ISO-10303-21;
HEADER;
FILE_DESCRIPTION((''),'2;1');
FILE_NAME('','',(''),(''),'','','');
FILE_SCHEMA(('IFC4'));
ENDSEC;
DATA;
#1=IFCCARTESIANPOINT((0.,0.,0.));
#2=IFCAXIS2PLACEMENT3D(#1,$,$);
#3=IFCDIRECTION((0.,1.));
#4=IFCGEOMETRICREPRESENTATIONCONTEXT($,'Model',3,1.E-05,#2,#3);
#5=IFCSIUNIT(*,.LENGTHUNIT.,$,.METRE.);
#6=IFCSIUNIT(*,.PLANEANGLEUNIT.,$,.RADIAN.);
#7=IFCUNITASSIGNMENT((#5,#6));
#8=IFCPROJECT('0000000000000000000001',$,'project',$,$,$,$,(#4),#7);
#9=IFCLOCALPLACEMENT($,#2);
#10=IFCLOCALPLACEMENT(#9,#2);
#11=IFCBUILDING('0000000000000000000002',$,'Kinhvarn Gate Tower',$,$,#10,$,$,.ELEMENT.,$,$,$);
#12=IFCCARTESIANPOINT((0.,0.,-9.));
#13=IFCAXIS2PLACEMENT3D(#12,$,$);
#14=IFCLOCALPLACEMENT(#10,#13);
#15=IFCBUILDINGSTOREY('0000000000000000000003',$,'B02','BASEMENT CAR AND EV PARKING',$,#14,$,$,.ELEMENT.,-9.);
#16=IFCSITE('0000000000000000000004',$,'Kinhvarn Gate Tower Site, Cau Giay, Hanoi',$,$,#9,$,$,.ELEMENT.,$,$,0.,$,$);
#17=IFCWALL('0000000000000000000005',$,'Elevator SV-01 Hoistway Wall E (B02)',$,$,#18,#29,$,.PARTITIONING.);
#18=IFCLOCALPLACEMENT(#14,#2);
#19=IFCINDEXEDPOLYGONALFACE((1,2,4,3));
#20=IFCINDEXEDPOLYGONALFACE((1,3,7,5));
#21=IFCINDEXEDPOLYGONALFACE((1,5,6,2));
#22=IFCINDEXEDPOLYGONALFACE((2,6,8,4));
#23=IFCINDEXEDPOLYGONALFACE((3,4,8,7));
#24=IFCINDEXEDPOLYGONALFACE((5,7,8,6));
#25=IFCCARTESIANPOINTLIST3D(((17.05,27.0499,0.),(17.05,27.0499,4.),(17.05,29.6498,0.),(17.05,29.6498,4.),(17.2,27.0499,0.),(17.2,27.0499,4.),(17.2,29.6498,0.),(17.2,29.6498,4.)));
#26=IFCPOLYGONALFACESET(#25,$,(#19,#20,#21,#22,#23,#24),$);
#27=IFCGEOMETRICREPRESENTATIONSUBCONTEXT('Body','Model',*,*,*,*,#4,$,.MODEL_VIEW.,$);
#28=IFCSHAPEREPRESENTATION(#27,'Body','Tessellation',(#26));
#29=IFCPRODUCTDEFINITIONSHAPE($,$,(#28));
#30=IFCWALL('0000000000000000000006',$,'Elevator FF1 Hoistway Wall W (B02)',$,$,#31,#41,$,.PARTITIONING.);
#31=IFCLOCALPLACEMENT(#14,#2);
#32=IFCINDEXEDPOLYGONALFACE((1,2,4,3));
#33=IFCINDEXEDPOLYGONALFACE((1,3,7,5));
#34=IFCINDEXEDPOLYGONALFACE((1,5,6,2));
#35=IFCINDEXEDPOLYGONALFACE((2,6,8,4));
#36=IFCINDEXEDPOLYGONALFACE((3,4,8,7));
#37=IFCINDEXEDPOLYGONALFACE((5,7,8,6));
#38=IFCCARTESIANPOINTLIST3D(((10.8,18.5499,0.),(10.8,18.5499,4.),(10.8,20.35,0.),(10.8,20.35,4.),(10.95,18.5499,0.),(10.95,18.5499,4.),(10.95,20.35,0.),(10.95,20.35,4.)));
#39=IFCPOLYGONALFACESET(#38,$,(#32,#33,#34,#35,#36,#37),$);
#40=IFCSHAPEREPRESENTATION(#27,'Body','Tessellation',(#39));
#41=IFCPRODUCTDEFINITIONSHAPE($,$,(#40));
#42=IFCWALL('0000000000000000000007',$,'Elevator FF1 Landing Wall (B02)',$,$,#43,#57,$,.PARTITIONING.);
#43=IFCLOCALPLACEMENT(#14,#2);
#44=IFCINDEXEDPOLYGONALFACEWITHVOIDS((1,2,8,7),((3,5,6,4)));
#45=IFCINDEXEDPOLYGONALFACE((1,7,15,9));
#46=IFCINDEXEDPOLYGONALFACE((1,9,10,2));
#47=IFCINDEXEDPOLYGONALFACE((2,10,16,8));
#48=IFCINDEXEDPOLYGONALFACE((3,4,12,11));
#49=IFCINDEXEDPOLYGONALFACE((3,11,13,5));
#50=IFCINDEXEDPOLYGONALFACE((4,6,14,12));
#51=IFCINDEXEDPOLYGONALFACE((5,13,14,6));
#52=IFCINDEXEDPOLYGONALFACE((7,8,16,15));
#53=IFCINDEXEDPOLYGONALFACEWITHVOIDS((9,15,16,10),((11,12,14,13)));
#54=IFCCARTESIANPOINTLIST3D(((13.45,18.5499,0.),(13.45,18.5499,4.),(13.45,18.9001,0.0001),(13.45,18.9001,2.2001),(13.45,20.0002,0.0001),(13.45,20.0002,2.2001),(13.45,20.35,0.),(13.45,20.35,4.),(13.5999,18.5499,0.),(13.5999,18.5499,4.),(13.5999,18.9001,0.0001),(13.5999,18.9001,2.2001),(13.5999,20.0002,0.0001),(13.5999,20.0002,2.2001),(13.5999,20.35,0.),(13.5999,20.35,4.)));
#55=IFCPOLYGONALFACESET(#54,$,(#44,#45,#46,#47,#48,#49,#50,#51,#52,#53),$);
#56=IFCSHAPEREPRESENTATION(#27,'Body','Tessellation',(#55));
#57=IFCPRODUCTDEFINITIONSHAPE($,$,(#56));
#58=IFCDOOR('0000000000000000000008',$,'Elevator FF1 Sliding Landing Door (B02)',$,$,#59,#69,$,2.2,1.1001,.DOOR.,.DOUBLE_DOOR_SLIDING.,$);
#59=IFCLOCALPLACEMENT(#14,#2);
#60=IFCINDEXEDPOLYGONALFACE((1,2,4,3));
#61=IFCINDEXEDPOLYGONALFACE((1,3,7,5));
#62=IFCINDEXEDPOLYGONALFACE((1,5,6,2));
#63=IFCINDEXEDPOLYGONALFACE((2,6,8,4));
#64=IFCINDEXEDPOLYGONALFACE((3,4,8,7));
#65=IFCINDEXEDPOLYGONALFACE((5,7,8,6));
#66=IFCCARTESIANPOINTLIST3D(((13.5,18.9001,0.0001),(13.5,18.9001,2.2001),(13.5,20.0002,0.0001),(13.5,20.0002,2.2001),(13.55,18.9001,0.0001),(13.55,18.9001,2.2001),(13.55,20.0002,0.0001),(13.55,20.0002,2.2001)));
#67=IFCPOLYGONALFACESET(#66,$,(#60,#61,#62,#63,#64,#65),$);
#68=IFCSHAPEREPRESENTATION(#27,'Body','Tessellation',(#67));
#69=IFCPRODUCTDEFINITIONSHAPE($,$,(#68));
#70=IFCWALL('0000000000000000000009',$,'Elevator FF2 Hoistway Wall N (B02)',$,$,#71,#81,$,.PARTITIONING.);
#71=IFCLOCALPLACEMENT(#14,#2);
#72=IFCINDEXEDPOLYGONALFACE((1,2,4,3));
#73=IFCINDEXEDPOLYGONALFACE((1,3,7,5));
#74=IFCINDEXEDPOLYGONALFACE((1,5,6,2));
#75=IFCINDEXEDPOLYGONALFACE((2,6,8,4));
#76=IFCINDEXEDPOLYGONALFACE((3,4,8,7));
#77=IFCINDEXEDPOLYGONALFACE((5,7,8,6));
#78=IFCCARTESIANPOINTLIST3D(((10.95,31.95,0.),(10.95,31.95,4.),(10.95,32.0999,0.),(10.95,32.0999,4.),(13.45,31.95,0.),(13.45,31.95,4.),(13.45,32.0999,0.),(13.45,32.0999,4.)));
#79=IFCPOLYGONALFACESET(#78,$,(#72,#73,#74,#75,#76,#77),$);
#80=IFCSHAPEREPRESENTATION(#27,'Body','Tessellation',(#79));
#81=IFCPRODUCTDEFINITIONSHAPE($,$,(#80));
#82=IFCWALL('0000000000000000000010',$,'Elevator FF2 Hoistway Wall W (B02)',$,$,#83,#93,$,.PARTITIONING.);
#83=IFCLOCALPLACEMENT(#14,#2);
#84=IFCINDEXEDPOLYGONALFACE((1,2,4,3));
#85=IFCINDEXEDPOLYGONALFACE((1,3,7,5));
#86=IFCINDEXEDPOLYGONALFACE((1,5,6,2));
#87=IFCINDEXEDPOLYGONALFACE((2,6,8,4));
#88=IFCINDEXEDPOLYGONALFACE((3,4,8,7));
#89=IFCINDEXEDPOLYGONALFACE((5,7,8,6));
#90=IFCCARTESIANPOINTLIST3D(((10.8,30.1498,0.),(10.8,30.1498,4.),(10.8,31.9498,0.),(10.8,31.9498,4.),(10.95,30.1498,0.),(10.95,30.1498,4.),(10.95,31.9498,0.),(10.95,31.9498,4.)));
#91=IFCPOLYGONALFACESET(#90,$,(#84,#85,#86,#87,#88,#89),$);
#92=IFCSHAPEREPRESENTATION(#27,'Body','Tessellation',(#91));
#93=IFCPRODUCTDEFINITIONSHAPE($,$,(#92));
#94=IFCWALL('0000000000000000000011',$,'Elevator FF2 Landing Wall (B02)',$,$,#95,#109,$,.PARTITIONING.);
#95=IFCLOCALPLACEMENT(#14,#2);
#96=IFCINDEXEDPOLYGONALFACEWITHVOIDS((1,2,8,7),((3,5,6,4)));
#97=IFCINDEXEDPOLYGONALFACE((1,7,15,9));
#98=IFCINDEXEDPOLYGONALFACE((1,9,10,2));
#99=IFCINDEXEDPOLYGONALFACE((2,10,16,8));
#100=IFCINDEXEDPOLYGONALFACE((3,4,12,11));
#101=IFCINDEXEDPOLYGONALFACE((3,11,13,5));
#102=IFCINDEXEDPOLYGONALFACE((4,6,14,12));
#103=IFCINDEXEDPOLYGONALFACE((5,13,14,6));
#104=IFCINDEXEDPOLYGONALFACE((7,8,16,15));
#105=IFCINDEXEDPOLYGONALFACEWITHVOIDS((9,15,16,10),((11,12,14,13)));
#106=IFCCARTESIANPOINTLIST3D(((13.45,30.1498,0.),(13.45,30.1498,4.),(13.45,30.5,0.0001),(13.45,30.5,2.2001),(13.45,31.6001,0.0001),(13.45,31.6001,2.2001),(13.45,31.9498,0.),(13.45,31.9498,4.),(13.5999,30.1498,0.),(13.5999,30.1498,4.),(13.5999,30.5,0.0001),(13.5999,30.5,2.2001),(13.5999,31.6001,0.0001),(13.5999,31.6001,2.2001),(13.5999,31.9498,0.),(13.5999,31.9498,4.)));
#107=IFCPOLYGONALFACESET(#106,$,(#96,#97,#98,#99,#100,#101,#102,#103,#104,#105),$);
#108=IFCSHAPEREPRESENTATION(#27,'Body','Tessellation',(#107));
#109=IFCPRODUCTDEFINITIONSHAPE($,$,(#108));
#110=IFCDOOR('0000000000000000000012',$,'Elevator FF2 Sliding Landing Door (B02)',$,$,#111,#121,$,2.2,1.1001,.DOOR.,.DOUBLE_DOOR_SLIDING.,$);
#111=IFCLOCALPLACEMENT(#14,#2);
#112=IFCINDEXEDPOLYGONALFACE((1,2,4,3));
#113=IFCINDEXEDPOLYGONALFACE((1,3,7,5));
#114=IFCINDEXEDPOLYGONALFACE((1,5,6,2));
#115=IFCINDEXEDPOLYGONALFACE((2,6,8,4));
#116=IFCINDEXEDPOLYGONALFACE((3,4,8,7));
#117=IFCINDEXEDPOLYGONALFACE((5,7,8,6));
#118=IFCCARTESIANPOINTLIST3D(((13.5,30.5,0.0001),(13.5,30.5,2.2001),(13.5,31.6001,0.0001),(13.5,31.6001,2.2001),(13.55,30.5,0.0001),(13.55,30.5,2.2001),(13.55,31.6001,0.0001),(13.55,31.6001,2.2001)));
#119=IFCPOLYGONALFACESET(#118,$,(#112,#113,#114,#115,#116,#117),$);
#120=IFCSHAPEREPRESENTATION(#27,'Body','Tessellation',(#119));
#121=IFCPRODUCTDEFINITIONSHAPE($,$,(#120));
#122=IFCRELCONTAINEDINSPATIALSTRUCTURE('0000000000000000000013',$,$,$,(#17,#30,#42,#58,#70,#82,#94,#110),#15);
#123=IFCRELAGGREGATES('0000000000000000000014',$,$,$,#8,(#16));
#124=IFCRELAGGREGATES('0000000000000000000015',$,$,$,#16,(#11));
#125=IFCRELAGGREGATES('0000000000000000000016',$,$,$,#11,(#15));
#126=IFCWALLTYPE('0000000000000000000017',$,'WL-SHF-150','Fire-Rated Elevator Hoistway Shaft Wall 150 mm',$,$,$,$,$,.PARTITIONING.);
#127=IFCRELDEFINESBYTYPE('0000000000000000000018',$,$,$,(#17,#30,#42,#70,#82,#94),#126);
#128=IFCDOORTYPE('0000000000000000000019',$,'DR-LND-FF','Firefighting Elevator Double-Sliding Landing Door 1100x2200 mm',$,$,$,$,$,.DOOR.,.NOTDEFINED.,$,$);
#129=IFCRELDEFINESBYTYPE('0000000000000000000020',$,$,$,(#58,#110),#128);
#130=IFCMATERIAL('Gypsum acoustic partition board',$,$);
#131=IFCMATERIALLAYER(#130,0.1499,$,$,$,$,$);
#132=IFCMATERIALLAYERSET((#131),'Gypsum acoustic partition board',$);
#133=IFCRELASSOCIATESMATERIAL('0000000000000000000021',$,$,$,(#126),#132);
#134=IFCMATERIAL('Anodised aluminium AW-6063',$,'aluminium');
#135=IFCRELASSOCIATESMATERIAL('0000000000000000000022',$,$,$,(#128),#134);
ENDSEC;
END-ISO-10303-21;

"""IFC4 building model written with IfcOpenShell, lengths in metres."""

from ifc_helpers import new_model, si_unit, direction, frame, frame_2d, origin, place, context, subcontext, project, spatial, rectangle, extrude, material, layer, layer_set, type_object, element, fill, save


model = new_model("IFC4")

# Units and contexts
model_context = context("Model", 3, precision=1e-05, world=origin(), true_north=direction((0.0, 1.0)))
body_context = subcontext(model_context, "Body", "Model", "MODEL_VIEW")
ifc_project = project(units=[si_unit("LENGTHUNIT", "METRE"), si_unit("PLANEANGLEUNIT", "RADIAN")], contexts=[model_context])

# Site, building, storey
site_placement = place(None, origin())
site = spatial("IfcSite", under=ifc_project, at=site_placement, Name="Kinhvarn Gate Tower Site, Cau Giay, Hanoi", CompositionType="ELEMENT", RefElevation=0.0)
building_placement = place(site_placement, origin())
building = spatial("IfcBuilding", under=site, at=building_placement, Name="Kinhvarn Gate Tower", CompositionType="ELEMENT")
storey_placement = place(building_placement, frame((0.0, 0.0, -9.0)))
storey = spatial("IfcBuildingStorey", under=building, at=storey_placement, Name="B02", Description="BASEMENT CAR AND EV PARKING", CompositionType="ELEMENT", Elevation=-9.0)

# Shared definitions
ifc_material_1 = material(Name="Anodised aluminium AW-6063", Category="aluminium")

# Shared definitions
ifc_material_2 = material(Name="Gypsum acoustic partition board")

# Shared definitions
ifc_layer_1 = layer(ifc_material_2, 0.1499)
ifc_layer_set_1 = layer_set([ifc_layer_1], Name="Gypsum acoustic partition board")
wall_type_1 = type_object("IfcWallType", Name="WL-SHF-150", Description="Fire-Rated Elevator Hoistway Shaft Wall 150 mm", PredefinedType="PARTITIONING", material=ifc_layer_set_1)

# Walls
for number, where, z_axis, x_axis, name in (
    (1, (17.125, 27.05, 0.0), (0.0, 0.0, 1.0), (0.0, 1.0, 0.0), "Elevator SV-01 Hoistway Wall E (B02)"),
):
    element("IfcWall", number, at=place(storey_placement, frame(where, z_axis=z_axis, x_axis=x_axis)), inside=storey, type_object=wall_type_1, Name=name, PredefinedType="PARTITIONING", context=body_context, shape_type="SweptSolid", body=[
        extrude(rectangle(XDim=2.5999, YDim=0.1499, at=frame_2d((1.2998, 0.0))), origin(), (0.0, 0.0, 1.0), 4.0),
    ])
wall_1_placement = place(storey_placement, frame((10.875, 18.55, 0.0), z_axis=(0.0, 0.0, 1.0), x_axis=(0.0, 1.0, 0.0)))
element("IfcWall", 2, at=wall_1_placement, inside=storey, type_object=wall_type_1, Name="Elevator FF1 Hoistway Wall W (B02)", PredefinedType="PARTITIONING", context=body_context, shape_type="SweptSolid", body=[
    extrude(rectangle(XDim=1.8, YDim=0.1499, at=frame_2d((0.8999, 0.0))), origin(), (0.0, 0.0, 1.0), 4.0),
])

# Wall, opening, door
wall_2_placement = place(storey_placement, frame((13.5249, 18.55, 0.0), z_axis=(0.0, 0.0, 1.0), x_axis=(0.0, 1.0, 0.0)))
wall_2 = element("IfcWall", 3, at=wall_2_placement, inside=storey, type_object=wall_type_1, Name="Elevator FF1 Landing Wall (B02)", PredefinedType="PARTITIONING", context=body_context, shape_type="SweptSolid", body=[
    extrude(rectangle(XDim=1.8, YDim=0.1499, at=frame_2d((0.8999, 0.0))), origin(), (0.0, 0.0, 1.0), 4.0),
])
opening_1_placement = place(wall_2_placement, frame((0.3501, 0.0, 0.0)))
opening_1 = element("IfcOpeningElement", 4, at=opening_1_placement, cuts=wall_2, PredefinedType="OPENING", context=body_context, shape_type="SweptSolid", body=[
    extrude(rectangle(XDim=1.1001, YDim=2.2, at=frame_2d((0.55, 1.1001))), frame((0.0, 0.085, 0.0), z_axis=(0.0, -1.0, 0.0), x_axis=(1.0, 0.0, 0.0)), (0.0, 0.0, 1.0), 0.1699),
])
door_type_1 = type_object("IfcDoorType", Name="DR-LND-FF", Description="Firefighting Elevator Double-Sliding Landing Door 1100x2200 mm", OperationType="NOTDEFINED", PredefinedType="DOOR", material=ifc_material_1)
door_1_placement = place(opening_1_placement, origin())
door_1 = element("IfcDoor", 5, at=door_1_placement, inside=storey, type_object=door_type_1, Name="Elevator FF1 Sliding Landing Door (B02)", OperationType="DOUBLE_DOOR_SLIDING", OverallHeight=2.2, OverallWidth=1.1001, PredefinedType="DOOR", context=body_context, shape_type="SweptSolid", body=[
    extrude(rectangle(XDim=1.1001, YDim=2.2, at=frame_2d((0.55, 1.1001))), frame((0.0, 0.0249, 0.0), z_axis=(0.0, -1.0, 0.0), x_axis=(1.0, 0.0, 0.0)), (0.0, 0.0, 1.0), 0.05),
])
fill(opening_1, door_1)

# Walls
wall_3_placement = place(storey_placement, frame((10.95, 32.0249, 0.0), z_axis=(0.0, 0.0, 1.0), x_axis=(1.0, 0.0, 0.0)))
element("IfcWall", 6, at=wall_3_placement, inside=storey, type_object=wall_type_1, Name="Elevator FF2 Hoistway Wall N (B02)", PredefinedType="PARTITIONING", context=body_context, shape_type="SweptSolid", body=[
    extrude(rectangle(XDim=2.5, YDim=0.1499, at=frame_2d((1.25, 0.0))), origin(), (0.0, 0.0, 1.0), 4.0),
])
wall_4_placement = place(storey_placement, frame((10.875, 30.1499, 0.0), z_axis=(0.0, 0.0, 1.0), x_axis=(0.0, 1.0, 0.0)))
element("IfcWall", 7, at=wall_4_placement, inside=storey, type_object=wall_type_1, Name="Elevator FF2 Hoistway Wall W (B02)", PredefinedType="PARTITIONING", context=body_context, shape_type="SweptSolid", body=[
    extrude(rectangle(XDim=1.8, YDim=0.1499, at=frame_2d((0.8999, 0.0))), origin(), (0.0, 0.0, 1.0), 4.0),
])

# Wall, opening, door
wall_5_placement = place(storey_placement, frame((13.5249, 30.1499, 0.0), z_axis=(0.0, 0.0, 1.0), x_axis=(0.0, 1.0, 0.0)))
wall_5 = element("IfcWall", 8, at=wall_5_placement, inside=storey, type_object=wall_type_1, Name="Elevator FF2 Landing Wall (B02)", PredefinedType="PARTITIONING", context=body_context, shape_type="SweptSolid", body=[
    extrude(rectangle(XDim=1.8, YDim=0.1499, at=frame_2d((0.8999, 0.0))), origin(), (0.0, 0.0, 1.0), 4.0),
])
opening_2_placement = place(wall_5_placement, frame((0.3501, 0.0, 0.0)))
opening_2 = element("IfcOpeningElement", 9, at=opening_2_placement, cuts=wall_5, PredefinedType="OPENING", context=body_context, shape_type="SweptSolid", body=[
    extrude(rectangle(XDim=1.1001, YDim=2.2, at=frame_2d((0.55, 1.1001))), frame((0.0, 0.085, 0.0), z_axis=(0.0, -1.0, 0.0), x_axis=(1.0, 0.0, 0.0)), (0.0, 0.0, 1.0), 0.1699),
])
door_2_placement = place(opening_2_placement, origin())
door_2 = element("IfcDoor", 10, at=door_2_placement, inside=storey, type_object=door_type_1, Name="Elevator FF2 Sliding Landing Door (B02)", OperationType="DOUBLE_DOOR_SLIDING", OverallHeight=2.2, OverallWidth=1.1001, PredefinedType="DOOR", context=body_context, shape_type="SweptSolid", body=[
    extrude(rectangle(XDim=1.1001, YDim=2.2, at=frame_2d((0.55, 1.1001))), frame((0.0, 0.0249, 0.0), z_axis=(0.0, -1.0, 0.0), x_axis=(1.0, 0.0, 0.0)), (0.0, 0.0, 1.0), 0.05),
])
fill(opening_2, door_2)

save(model, "model.ifc")
